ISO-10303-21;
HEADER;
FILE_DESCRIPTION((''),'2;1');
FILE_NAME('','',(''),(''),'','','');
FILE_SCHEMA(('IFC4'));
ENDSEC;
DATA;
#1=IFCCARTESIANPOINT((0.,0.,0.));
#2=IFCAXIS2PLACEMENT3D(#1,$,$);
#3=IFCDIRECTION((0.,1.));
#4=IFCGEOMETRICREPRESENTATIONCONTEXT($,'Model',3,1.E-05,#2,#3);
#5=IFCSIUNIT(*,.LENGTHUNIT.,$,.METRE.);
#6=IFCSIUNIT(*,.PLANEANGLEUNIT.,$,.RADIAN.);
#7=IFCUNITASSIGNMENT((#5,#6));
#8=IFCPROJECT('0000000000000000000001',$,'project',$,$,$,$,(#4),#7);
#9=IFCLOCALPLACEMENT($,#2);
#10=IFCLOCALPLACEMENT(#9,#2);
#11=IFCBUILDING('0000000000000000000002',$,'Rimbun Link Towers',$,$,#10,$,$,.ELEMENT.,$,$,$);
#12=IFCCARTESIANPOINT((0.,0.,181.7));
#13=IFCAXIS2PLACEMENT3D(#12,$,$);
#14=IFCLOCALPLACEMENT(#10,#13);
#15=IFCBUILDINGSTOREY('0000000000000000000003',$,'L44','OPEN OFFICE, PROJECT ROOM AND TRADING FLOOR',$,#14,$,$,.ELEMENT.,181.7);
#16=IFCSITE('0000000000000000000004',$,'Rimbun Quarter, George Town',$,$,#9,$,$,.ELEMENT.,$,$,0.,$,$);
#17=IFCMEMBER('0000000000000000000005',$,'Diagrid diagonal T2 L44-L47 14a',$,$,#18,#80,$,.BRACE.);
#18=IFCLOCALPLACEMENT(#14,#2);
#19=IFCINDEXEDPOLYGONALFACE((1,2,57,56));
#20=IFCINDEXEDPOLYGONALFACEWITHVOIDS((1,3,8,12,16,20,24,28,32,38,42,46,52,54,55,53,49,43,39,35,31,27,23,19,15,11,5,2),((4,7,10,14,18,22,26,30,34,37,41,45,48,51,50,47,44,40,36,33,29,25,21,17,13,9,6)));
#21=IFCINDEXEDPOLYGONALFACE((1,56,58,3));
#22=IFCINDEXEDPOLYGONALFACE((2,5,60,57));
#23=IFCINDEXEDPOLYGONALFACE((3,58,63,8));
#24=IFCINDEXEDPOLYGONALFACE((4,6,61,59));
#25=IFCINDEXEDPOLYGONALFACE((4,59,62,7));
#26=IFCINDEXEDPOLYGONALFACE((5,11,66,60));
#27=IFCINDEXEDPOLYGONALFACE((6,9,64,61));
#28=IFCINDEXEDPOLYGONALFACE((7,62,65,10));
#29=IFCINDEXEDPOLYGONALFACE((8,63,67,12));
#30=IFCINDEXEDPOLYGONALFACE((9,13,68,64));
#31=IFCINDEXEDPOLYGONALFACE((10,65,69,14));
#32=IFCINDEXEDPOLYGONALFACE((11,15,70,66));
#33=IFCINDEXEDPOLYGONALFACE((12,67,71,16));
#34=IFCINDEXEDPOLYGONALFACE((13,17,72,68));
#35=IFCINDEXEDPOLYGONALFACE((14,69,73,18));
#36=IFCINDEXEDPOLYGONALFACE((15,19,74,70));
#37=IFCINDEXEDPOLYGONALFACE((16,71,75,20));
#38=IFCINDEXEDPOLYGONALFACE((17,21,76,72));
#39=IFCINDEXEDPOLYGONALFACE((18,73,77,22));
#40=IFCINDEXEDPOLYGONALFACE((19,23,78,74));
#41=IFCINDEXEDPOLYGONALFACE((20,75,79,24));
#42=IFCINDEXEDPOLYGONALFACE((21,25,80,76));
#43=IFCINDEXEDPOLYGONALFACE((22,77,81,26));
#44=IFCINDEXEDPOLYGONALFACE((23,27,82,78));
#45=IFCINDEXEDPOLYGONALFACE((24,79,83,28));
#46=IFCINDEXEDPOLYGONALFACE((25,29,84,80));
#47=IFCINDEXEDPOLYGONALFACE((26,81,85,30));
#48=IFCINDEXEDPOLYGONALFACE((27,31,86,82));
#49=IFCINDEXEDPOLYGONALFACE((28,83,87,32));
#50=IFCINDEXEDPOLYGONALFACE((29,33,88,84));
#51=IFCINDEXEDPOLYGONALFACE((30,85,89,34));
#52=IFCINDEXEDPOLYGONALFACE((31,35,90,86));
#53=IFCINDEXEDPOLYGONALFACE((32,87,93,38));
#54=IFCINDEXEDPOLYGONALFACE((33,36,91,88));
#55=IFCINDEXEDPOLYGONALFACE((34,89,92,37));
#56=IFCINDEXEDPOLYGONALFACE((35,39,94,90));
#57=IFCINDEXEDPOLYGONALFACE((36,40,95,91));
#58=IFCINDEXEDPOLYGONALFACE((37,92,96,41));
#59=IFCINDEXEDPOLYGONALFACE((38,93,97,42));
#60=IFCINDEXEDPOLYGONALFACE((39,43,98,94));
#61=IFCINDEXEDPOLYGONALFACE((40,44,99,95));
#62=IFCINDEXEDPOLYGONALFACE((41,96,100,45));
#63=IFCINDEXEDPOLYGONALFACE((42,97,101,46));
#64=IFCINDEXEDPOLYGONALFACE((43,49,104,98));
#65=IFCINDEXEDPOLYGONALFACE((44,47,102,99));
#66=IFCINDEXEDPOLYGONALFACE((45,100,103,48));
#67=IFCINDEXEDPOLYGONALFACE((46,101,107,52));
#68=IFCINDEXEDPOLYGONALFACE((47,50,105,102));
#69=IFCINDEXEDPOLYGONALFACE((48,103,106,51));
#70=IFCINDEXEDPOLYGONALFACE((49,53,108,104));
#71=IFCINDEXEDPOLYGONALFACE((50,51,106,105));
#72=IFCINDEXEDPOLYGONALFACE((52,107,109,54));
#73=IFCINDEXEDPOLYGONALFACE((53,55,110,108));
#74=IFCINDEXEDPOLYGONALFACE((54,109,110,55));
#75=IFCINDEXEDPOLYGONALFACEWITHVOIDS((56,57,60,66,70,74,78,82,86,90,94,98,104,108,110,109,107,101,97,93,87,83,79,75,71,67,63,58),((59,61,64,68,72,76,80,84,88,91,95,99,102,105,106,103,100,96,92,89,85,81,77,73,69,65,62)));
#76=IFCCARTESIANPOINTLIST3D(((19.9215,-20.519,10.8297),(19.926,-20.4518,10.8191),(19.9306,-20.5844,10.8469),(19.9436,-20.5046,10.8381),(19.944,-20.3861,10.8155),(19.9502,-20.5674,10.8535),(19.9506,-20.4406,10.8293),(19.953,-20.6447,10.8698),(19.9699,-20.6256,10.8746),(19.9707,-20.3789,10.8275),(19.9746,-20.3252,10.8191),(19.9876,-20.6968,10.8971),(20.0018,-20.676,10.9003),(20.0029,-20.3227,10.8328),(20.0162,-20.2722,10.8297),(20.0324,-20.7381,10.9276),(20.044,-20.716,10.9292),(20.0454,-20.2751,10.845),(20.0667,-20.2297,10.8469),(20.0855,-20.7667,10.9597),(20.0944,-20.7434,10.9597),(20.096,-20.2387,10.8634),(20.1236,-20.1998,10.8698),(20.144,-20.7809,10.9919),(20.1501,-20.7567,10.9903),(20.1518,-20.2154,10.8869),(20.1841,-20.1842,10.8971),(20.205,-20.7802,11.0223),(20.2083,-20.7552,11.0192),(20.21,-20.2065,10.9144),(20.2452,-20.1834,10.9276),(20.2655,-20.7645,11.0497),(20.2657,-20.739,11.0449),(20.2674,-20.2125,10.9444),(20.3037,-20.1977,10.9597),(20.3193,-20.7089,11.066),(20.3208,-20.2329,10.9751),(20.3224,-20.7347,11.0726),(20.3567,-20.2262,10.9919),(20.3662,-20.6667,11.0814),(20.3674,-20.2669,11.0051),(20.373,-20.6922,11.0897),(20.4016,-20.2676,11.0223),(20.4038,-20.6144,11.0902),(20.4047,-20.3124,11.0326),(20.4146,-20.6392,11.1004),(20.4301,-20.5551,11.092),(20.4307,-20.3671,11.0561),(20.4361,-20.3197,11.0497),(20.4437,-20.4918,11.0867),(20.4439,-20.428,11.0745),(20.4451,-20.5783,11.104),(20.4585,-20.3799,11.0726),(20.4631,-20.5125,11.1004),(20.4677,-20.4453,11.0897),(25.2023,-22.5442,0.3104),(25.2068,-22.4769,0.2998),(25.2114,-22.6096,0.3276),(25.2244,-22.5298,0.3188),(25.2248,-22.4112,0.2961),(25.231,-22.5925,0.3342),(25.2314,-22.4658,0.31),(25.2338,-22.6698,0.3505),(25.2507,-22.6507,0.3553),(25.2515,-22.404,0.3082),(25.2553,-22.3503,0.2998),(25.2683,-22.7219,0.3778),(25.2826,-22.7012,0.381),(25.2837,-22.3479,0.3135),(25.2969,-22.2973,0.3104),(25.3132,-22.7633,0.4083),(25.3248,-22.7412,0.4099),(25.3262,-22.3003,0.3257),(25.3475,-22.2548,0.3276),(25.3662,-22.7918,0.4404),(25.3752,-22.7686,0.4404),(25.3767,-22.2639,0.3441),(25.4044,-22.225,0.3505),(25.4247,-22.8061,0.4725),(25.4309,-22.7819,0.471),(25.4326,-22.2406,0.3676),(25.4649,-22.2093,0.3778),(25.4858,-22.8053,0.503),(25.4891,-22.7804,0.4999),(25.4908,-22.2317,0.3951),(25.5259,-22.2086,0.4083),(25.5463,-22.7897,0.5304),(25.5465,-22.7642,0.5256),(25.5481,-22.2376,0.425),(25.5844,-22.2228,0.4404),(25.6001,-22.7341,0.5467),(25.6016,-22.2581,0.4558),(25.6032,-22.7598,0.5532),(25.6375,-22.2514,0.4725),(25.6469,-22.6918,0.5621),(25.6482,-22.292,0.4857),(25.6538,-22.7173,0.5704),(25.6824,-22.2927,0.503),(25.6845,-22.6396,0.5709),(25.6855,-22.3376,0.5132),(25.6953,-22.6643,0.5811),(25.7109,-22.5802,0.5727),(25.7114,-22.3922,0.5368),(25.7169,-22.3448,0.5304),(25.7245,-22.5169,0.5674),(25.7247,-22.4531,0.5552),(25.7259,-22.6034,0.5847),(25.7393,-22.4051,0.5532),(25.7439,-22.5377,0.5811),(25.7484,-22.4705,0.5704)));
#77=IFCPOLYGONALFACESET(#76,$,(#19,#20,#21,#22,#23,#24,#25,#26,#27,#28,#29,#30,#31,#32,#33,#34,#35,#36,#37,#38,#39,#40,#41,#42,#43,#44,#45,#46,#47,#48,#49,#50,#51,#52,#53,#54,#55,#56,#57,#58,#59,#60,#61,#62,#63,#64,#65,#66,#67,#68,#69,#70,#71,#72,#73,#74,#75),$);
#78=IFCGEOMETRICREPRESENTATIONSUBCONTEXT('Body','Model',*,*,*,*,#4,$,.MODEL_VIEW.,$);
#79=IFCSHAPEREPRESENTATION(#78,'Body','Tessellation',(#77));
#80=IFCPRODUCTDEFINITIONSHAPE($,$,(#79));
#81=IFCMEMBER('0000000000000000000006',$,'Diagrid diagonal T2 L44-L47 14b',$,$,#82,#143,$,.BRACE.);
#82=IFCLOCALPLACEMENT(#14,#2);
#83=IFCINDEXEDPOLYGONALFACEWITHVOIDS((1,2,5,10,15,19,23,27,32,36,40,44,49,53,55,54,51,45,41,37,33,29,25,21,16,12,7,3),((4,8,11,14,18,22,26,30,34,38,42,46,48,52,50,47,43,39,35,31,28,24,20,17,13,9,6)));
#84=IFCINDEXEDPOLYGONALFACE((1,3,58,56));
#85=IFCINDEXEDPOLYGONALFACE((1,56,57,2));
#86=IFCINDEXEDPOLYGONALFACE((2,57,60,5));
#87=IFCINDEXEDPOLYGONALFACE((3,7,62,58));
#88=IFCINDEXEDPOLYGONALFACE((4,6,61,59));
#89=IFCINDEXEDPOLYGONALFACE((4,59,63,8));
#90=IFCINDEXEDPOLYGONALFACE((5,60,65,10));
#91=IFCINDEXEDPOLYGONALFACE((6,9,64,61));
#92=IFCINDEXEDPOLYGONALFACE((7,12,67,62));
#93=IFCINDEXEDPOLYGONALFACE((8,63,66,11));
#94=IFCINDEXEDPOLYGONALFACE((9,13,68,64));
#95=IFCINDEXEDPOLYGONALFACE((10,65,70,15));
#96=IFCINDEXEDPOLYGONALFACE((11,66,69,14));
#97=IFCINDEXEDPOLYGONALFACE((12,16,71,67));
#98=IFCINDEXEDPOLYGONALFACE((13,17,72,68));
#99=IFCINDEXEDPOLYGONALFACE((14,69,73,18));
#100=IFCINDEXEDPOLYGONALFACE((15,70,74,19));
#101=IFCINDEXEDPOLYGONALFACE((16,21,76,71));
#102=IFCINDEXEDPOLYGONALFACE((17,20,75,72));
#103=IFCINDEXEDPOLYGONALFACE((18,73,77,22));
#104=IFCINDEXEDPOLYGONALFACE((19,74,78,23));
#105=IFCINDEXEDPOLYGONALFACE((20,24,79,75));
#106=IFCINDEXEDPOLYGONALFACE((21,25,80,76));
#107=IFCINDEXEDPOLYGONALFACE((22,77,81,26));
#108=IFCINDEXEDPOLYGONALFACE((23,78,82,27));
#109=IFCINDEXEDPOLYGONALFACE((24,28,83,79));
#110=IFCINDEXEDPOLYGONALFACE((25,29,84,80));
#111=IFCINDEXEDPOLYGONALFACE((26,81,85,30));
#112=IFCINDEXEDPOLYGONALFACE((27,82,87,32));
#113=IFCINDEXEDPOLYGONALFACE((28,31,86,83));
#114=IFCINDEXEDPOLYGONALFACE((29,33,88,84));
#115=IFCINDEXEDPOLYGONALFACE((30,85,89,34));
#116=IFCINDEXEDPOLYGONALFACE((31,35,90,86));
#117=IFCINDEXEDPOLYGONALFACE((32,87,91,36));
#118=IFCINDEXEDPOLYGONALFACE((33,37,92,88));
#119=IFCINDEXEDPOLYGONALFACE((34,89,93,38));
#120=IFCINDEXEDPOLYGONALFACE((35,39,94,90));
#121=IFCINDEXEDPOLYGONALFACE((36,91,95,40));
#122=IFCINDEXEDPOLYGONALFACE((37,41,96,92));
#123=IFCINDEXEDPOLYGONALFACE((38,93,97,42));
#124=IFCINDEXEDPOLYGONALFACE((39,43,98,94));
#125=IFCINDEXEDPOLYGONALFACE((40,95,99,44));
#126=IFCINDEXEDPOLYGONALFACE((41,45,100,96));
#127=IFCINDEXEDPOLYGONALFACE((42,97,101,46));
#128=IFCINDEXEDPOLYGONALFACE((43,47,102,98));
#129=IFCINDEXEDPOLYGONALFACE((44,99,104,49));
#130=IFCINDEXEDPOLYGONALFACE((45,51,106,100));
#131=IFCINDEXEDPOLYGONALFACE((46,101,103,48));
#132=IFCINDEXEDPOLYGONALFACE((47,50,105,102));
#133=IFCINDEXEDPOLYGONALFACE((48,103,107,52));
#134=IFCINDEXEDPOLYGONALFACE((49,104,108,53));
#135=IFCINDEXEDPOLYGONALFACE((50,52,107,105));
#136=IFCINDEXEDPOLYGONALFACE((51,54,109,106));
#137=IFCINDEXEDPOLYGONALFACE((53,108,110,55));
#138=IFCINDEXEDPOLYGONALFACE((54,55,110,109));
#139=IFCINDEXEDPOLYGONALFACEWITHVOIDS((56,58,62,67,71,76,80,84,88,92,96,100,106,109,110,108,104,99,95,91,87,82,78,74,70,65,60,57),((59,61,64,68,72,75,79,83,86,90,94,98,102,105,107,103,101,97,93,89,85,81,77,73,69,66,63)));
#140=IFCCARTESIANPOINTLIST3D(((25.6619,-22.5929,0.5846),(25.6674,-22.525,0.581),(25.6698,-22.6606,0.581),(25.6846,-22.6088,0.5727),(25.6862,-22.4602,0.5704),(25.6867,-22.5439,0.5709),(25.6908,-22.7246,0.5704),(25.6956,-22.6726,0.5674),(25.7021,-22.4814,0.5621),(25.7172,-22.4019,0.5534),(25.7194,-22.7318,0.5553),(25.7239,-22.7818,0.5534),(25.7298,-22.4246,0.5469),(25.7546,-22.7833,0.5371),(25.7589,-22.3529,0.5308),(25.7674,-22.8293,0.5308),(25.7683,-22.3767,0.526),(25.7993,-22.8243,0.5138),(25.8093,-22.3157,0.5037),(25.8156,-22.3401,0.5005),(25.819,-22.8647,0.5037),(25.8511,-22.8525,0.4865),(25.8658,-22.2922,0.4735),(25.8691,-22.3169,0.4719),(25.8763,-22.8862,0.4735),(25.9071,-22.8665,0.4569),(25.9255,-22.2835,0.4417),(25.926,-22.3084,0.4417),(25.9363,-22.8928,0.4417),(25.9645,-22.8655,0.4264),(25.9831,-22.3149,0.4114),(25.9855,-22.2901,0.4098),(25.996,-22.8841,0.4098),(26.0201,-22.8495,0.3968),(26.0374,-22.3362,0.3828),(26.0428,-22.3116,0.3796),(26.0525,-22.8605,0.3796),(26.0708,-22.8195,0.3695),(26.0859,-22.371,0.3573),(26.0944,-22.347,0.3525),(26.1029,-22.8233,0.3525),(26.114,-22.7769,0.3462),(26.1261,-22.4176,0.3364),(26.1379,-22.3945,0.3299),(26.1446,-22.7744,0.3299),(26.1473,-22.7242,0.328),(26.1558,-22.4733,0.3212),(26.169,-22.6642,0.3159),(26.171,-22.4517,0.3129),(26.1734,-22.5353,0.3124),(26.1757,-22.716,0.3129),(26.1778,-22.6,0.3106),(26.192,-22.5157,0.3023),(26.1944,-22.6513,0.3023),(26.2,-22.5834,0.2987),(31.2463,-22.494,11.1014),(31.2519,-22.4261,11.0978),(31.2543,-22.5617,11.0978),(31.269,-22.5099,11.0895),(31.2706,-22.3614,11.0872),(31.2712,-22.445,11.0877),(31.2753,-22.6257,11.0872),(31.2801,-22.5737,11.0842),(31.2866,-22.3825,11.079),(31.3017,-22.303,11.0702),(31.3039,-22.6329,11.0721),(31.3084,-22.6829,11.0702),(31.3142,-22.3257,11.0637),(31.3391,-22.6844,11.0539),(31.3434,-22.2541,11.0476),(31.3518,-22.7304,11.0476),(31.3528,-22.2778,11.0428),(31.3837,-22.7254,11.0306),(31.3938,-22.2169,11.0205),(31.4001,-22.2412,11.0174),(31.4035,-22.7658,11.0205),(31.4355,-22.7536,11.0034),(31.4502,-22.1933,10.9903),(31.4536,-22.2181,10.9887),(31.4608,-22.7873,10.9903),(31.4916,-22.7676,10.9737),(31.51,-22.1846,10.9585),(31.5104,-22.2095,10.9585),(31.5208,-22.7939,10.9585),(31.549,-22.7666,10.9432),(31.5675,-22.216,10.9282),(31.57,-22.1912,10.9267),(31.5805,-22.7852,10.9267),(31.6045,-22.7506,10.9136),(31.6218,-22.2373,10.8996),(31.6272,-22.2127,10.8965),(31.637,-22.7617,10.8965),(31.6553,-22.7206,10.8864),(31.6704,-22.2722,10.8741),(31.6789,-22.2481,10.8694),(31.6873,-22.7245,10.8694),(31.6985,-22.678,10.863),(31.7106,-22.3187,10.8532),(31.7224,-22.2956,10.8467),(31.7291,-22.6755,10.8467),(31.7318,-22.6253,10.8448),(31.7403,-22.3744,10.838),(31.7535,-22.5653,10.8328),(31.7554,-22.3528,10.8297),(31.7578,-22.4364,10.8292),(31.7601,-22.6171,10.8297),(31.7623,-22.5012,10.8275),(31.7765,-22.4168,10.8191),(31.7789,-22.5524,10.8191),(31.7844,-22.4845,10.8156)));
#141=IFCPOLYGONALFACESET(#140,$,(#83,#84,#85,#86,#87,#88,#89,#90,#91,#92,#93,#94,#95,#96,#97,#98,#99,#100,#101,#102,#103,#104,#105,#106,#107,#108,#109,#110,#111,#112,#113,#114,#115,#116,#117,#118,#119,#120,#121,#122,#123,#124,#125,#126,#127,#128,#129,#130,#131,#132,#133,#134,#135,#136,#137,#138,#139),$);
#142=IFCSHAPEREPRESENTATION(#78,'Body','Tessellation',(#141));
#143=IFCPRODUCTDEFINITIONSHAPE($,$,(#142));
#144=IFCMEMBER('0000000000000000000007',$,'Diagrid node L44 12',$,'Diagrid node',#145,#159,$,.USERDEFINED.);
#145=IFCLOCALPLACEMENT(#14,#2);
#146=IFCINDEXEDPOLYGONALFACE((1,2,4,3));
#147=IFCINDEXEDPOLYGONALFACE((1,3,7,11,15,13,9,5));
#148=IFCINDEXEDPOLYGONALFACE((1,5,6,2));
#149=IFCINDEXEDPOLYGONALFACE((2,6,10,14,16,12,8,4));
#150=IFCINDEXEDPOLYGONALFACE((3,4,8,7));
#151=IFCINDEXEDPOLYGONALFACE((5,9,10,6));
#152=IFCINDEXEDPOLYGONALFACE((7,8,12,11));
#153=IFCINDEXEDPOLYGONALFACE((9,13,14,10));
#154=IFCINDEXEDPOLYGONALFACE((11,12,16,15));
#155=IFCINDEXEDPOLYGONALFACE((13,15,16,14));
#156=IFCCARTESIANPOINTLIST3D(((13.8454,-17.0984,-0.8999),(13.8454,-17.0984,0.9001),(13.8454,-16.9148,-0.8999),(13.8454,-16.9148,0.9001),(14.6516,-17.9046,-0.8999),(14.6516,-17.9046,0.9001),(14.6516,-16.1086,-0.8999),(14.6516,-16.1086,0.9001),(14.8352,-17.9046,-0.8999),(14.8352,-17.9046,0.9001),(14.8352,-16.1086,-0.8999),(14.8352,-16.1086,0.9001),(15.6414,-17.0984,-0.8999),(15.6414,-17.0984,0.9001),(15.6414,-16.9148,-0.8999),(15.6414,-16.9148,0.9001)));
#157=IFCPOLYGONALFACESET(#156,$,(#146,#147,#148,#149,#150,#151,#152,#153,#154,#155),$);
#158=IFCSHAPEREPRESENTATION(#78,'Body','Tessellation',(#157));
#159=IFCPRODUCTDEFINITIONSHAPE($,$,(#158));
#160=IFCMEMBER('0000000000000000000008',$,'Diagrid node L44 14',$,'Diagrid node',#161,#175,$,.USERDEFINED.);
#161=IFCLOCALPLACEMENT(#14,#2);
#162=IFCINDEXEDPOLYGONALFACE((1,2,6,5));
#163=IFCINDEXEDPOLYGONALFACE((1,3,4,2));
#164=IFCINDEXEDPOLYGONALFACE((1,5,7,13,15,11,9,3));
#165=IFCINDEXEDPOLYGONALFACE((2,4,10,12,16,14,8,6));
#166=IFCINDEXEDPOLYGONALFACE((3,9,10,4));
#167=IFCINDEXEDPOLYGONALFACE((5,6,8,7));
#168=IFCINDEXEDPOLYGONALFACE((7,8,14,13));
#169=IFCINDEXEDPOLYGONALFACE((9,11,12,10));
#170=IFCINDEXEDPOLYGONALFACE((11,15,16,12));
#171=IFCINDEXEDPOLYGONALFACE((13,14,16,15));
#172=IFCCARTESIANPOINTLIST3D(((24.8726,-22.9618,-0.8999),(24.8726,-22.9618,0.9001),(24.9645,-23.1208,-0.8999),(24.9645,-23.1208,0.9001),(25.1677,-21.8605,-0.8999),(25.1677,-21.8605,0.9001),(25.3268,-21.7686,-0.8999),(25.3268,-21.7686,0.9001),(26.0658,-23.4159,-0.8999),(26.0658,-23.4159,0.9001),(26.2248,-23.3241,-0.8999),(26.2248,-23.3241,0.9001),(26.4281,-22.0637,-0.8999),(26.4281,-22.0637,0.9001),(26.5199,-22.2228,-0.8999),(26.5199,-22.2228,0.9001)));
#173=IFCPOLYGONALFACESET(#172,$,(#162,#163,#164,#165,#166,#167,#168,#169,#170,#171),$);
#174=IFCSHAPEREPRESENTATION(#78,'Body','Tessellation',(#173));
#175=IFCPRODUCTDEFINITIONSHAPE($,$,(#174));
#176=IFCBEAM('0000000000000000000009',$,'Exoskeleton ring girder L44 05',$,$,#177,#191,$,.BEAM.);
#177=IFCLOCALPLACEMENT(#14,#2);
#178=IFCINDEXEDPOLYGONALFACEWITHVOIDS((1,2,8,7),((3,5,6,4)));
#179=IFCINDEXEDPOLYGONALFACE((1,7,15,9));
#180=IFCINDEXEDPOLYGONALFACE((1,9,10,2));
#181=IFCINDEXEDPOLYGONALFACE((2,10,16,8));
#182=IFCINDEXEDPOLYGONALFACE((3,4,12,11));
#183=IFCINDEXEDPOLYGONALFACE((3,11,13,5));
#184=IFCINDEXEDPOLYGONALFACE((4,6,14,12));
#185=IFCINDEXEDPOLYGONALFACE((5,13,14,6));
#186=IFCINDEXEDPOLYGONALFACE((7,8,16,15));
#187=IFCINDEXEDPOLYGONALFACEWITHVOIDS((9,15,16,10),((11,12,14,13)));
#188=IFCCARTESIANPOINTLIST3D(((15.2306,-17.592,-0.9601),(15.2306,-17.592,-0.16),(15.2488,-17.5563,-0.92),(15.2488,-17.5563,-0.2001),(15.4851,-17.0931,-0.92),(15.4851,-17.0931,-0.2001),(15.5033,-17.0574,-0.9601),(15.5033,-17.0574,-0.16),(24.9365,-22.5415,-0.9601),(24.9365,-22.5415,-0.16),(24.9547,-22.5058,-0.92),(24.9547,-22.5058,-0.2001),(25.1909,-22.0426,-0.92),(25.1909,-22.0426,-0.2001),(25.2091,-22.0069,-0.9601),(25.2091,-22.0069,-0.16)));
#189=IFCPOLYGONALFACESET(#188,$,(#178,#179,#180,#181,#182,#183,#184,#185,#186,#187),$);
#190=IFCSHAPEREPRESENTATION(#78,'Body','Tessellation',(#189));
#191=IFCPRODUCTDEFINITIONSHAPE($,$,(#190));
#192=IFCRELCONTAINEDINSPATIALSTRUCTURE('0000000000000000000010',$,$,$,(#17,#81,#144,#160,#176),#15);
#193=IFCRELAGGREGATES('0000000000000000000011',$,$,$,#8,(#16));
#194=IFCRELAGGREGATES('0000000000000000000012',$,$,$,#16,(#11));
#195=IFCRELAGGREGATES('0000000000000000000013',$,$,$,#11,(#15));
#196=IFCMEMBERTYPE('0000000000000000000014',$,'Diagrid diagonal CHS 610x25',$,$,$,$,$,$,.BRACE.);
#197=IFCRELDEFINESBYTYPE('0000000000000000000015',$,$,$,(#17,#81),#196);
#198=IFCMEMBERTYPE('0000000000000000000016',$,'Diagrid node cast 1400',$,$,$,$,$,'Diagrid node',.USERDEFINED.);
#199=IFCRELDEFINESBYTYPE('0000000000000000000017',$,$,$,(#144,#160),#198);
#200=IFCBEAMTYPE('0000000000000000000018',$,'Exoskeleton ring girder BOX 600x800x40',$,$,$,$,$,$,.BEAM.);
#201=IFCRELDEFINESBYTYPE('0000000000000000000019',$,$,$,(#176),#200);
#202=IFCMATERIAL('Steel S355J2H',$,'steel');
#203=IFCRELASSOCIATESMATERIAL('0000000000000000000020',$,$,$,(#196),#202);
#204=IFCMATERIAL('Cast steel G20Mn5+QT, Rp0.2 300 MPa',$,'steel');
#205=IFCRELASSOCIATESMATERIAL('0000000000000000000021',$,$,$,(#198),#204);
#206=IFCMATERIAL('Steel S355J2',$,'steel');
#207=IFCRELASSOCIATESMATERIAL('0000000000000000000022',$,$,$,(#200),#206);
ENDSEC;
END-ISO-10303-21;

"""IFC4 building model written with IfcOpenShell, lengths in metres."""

from ifc_helpers import new_model, si_unit, direction, frame, origin, origin_2d, place, context, subcontext, project, spatial, polyline, hollow_rectangle, hollow_circle, outline, extrude, material, material_profile, profile_set, type_object, element, save


model = new_model("IFC4")

# Units and contexts
model_context = context("Model", 3, precision=1e-05, world=origin(), true_north=direction((0.0, 1.0)))
body_context = subcontext(model_context, "Body", "Model", "MODEL_VIEW")
ifc_project = project(units=[si_unit("LENGTHUNIT", "METRE"), si_unit("PLANEANGLEUNIT", "RADIAN")], contexts=[model_context])

# Site, building, storey
site_placement = place(None, origin())
site = spatial("IfcSite", under=ifc_project, at=site_placement, Name="Rimbun Quarter, George Town", CompositionType="ELEMENT", RefElevation=0.0)
building_placement = place(site_placement, origin())
building = spatial("IfcBuilding", under=site, at=building_placement, Name="Rimbun Link Towers", CompositionType="ELEMENT")
storey_placement = place(building_placement, frame((0.0, 0.0, 181.7)))
storey = spatial("IfcBuildingStorey", under=building, at=storey_placement, Name="L44", Description="OPEN OFFICE, PROJECT ROOM AND TRADING FLOOR", CompositionType="ELEMENT", Elevation=181.7)

# Members
ifc_material_1 = material(Name="Steel S355J2H", Category="steel")
ifc_material_profile_1 = material_profile(ifc_material_1, hollow_circle(Radius=0.3047, WallThickness=0.0249, at=origin_2d()), Name="Diagrid diagonal CHS 610x25")
ifc_profile_set_1 = profile_set([ifc_material_profile_1], Name="Steel S355J2H")
member_type_1 = type_object("IfcMemberType", Name="Diagrid diagonal CHS 610x25", PredefinedType="BRACE", material=ifc_profile_set_1)
member_1_placement = place(storey_placement, frame((25.4753, -22.5073, 0.4404), z_axis=(-0.442152, 0.169563, 0.880767), x_axis=(-0.358068, -0.933696, 0.0)))
element("IfcMember", 1, at=member_1_placement, inside=storey, type_object=member_type_1, Name="Diagrid diagonal T2 L44-L47 14a", PredefinedType="BRACE", context=body_context, shape_type="SweptSolid", body=[
    extrude(hollow_circle(Radius=0.3047, WallThickness=0.0249, at=origin_2d()), origin(), (0.0, 0.0, 1.0), 11.9434),
])
member_2_placement = place(storey_placement, frame((25.9309, -22.5881, 0.4417), z_axis=(0.468969, 0.008303, 0.883176), x_axis=(-0.017703, 0.999843, 0.0)))
element("IfcMember", 2, at=member_2_placement, inside=storey, type_object=member_type_1, Name="Diagrid diagonal T2 L44-L47 14b", PredefinedType="BRACE", context=body_context, shape_type="SweptSolid", body=[
    extrude(hollow_circle(Radius=0.3047, WallThickness=0.0249, at=origin_2d()), origin(), (0.0, 0.0, 1.0), 11.908),
])
ifc_material_2 = material(Name="Cast steel G20Mn5+QT, Rp0.2 300 MPa", Category="steel")
ifc_material_profile_2 = material_profile(ifc_material_2, outline(polyline([(0.7, -0.5701), (0.7, 0.5701), (0.5701, 0.7), (-0.5701, 0.7), (-0.7, 0.5701), (-0.7, -0.5701), (-0.5701, -0.7), (0.5701, -0.7), (0.7, -0.5701)])), Name="NODE 1400x1400")
ifc_profile_set_2 = profile_set([ifc_material_profile_2], Name="Cast steel G20Mn5+QT, Rp0.2 300 MPa")
member_type_2 = type_object("IfcMemberType", Name="Diagrid node cast 1400", ElementType="Diagrid node", PredefinedType="USERDEFINED", material=ifc_profile_set_2)
for number, where, z_axis, x_axis, name in (
    (3, (14.7434, -17.0066, -0.8999), (0.0, 0.0, 1.0), (-0.707107, -0.707107, 0.0), "Diagrid node L44 12"),
    (4, (25.6963, -22.5923, -0.8999), (0.0, 0.0, 1.0), (-0.258819, -0.965926, 0.0), "Diagrid node L44 14"),
):
    element("IfcMember", number, at=place(storey_placement, frame(where, z_axis=z_axis, x_axis=x_axis)), inside=storey, type_object=member_type_2, Name=name, ObjectType="Diagrid node", PredefinedType="USERDEFINED", context=body_context, shape_type="SweptSolid", body=[
        extrude(outline(polyline([(0.7, -0.5701), (0.7, 0.5701), (0.5701, 0.7), (-0.5701, 0.7), (-0.7, 0.5701), (-0.7, -0.5701), (-0.5701, -0.7), (0.5701, -0.7), (0.7, -0.5701)])), origin(), (0.0, 0.0, 1.0), 1.8),
    ])

# Beam
ifc_material_3 = material(Name="Steel S355J2", Category="steel")
ifc_material_profile_3 = material_profile(ifc_material_3, hollow_rectangle(XDim=0.6001, YDim=0.8, WallThickness=0.04, at=origin_2d()), Name="Exoskeleton ring girder BOX 600x800x40")
ifc_profile_set_3 = profile_set([ifc_material_profile_3], Name="Steel S355J2")
beam_type_1 = type_object("IfcBeamType", Name="Exoskeleton ring girder BOX 600x800x40", PredefinedType="BEAM", material=ifc_profile_set_3)
beam_1_placement = place(storey_placement, frame((15.3669, -17.3247, -0.5601), z_axis=(0.890854, -0.45429, 0.0), x_axis=(0.45429, 0.890854, 0.0)))
element("IfcBeam", 5, at=beam_1_placement, inside=storey, type_object=beam_type_1, Name="Exoskeleton ring girder L44 05", PredefinedType="BEAM", context=body_context, shape_type="SweptSolid", body=[
    extrude(hollow_rectangle(XDim=0.6001, YDim=0.8, WallThickness=0.04, at=origin_2d()), origin(), (0.0, 0.0, 1.0), 10.895),
])

save(model, "model.ifc")
